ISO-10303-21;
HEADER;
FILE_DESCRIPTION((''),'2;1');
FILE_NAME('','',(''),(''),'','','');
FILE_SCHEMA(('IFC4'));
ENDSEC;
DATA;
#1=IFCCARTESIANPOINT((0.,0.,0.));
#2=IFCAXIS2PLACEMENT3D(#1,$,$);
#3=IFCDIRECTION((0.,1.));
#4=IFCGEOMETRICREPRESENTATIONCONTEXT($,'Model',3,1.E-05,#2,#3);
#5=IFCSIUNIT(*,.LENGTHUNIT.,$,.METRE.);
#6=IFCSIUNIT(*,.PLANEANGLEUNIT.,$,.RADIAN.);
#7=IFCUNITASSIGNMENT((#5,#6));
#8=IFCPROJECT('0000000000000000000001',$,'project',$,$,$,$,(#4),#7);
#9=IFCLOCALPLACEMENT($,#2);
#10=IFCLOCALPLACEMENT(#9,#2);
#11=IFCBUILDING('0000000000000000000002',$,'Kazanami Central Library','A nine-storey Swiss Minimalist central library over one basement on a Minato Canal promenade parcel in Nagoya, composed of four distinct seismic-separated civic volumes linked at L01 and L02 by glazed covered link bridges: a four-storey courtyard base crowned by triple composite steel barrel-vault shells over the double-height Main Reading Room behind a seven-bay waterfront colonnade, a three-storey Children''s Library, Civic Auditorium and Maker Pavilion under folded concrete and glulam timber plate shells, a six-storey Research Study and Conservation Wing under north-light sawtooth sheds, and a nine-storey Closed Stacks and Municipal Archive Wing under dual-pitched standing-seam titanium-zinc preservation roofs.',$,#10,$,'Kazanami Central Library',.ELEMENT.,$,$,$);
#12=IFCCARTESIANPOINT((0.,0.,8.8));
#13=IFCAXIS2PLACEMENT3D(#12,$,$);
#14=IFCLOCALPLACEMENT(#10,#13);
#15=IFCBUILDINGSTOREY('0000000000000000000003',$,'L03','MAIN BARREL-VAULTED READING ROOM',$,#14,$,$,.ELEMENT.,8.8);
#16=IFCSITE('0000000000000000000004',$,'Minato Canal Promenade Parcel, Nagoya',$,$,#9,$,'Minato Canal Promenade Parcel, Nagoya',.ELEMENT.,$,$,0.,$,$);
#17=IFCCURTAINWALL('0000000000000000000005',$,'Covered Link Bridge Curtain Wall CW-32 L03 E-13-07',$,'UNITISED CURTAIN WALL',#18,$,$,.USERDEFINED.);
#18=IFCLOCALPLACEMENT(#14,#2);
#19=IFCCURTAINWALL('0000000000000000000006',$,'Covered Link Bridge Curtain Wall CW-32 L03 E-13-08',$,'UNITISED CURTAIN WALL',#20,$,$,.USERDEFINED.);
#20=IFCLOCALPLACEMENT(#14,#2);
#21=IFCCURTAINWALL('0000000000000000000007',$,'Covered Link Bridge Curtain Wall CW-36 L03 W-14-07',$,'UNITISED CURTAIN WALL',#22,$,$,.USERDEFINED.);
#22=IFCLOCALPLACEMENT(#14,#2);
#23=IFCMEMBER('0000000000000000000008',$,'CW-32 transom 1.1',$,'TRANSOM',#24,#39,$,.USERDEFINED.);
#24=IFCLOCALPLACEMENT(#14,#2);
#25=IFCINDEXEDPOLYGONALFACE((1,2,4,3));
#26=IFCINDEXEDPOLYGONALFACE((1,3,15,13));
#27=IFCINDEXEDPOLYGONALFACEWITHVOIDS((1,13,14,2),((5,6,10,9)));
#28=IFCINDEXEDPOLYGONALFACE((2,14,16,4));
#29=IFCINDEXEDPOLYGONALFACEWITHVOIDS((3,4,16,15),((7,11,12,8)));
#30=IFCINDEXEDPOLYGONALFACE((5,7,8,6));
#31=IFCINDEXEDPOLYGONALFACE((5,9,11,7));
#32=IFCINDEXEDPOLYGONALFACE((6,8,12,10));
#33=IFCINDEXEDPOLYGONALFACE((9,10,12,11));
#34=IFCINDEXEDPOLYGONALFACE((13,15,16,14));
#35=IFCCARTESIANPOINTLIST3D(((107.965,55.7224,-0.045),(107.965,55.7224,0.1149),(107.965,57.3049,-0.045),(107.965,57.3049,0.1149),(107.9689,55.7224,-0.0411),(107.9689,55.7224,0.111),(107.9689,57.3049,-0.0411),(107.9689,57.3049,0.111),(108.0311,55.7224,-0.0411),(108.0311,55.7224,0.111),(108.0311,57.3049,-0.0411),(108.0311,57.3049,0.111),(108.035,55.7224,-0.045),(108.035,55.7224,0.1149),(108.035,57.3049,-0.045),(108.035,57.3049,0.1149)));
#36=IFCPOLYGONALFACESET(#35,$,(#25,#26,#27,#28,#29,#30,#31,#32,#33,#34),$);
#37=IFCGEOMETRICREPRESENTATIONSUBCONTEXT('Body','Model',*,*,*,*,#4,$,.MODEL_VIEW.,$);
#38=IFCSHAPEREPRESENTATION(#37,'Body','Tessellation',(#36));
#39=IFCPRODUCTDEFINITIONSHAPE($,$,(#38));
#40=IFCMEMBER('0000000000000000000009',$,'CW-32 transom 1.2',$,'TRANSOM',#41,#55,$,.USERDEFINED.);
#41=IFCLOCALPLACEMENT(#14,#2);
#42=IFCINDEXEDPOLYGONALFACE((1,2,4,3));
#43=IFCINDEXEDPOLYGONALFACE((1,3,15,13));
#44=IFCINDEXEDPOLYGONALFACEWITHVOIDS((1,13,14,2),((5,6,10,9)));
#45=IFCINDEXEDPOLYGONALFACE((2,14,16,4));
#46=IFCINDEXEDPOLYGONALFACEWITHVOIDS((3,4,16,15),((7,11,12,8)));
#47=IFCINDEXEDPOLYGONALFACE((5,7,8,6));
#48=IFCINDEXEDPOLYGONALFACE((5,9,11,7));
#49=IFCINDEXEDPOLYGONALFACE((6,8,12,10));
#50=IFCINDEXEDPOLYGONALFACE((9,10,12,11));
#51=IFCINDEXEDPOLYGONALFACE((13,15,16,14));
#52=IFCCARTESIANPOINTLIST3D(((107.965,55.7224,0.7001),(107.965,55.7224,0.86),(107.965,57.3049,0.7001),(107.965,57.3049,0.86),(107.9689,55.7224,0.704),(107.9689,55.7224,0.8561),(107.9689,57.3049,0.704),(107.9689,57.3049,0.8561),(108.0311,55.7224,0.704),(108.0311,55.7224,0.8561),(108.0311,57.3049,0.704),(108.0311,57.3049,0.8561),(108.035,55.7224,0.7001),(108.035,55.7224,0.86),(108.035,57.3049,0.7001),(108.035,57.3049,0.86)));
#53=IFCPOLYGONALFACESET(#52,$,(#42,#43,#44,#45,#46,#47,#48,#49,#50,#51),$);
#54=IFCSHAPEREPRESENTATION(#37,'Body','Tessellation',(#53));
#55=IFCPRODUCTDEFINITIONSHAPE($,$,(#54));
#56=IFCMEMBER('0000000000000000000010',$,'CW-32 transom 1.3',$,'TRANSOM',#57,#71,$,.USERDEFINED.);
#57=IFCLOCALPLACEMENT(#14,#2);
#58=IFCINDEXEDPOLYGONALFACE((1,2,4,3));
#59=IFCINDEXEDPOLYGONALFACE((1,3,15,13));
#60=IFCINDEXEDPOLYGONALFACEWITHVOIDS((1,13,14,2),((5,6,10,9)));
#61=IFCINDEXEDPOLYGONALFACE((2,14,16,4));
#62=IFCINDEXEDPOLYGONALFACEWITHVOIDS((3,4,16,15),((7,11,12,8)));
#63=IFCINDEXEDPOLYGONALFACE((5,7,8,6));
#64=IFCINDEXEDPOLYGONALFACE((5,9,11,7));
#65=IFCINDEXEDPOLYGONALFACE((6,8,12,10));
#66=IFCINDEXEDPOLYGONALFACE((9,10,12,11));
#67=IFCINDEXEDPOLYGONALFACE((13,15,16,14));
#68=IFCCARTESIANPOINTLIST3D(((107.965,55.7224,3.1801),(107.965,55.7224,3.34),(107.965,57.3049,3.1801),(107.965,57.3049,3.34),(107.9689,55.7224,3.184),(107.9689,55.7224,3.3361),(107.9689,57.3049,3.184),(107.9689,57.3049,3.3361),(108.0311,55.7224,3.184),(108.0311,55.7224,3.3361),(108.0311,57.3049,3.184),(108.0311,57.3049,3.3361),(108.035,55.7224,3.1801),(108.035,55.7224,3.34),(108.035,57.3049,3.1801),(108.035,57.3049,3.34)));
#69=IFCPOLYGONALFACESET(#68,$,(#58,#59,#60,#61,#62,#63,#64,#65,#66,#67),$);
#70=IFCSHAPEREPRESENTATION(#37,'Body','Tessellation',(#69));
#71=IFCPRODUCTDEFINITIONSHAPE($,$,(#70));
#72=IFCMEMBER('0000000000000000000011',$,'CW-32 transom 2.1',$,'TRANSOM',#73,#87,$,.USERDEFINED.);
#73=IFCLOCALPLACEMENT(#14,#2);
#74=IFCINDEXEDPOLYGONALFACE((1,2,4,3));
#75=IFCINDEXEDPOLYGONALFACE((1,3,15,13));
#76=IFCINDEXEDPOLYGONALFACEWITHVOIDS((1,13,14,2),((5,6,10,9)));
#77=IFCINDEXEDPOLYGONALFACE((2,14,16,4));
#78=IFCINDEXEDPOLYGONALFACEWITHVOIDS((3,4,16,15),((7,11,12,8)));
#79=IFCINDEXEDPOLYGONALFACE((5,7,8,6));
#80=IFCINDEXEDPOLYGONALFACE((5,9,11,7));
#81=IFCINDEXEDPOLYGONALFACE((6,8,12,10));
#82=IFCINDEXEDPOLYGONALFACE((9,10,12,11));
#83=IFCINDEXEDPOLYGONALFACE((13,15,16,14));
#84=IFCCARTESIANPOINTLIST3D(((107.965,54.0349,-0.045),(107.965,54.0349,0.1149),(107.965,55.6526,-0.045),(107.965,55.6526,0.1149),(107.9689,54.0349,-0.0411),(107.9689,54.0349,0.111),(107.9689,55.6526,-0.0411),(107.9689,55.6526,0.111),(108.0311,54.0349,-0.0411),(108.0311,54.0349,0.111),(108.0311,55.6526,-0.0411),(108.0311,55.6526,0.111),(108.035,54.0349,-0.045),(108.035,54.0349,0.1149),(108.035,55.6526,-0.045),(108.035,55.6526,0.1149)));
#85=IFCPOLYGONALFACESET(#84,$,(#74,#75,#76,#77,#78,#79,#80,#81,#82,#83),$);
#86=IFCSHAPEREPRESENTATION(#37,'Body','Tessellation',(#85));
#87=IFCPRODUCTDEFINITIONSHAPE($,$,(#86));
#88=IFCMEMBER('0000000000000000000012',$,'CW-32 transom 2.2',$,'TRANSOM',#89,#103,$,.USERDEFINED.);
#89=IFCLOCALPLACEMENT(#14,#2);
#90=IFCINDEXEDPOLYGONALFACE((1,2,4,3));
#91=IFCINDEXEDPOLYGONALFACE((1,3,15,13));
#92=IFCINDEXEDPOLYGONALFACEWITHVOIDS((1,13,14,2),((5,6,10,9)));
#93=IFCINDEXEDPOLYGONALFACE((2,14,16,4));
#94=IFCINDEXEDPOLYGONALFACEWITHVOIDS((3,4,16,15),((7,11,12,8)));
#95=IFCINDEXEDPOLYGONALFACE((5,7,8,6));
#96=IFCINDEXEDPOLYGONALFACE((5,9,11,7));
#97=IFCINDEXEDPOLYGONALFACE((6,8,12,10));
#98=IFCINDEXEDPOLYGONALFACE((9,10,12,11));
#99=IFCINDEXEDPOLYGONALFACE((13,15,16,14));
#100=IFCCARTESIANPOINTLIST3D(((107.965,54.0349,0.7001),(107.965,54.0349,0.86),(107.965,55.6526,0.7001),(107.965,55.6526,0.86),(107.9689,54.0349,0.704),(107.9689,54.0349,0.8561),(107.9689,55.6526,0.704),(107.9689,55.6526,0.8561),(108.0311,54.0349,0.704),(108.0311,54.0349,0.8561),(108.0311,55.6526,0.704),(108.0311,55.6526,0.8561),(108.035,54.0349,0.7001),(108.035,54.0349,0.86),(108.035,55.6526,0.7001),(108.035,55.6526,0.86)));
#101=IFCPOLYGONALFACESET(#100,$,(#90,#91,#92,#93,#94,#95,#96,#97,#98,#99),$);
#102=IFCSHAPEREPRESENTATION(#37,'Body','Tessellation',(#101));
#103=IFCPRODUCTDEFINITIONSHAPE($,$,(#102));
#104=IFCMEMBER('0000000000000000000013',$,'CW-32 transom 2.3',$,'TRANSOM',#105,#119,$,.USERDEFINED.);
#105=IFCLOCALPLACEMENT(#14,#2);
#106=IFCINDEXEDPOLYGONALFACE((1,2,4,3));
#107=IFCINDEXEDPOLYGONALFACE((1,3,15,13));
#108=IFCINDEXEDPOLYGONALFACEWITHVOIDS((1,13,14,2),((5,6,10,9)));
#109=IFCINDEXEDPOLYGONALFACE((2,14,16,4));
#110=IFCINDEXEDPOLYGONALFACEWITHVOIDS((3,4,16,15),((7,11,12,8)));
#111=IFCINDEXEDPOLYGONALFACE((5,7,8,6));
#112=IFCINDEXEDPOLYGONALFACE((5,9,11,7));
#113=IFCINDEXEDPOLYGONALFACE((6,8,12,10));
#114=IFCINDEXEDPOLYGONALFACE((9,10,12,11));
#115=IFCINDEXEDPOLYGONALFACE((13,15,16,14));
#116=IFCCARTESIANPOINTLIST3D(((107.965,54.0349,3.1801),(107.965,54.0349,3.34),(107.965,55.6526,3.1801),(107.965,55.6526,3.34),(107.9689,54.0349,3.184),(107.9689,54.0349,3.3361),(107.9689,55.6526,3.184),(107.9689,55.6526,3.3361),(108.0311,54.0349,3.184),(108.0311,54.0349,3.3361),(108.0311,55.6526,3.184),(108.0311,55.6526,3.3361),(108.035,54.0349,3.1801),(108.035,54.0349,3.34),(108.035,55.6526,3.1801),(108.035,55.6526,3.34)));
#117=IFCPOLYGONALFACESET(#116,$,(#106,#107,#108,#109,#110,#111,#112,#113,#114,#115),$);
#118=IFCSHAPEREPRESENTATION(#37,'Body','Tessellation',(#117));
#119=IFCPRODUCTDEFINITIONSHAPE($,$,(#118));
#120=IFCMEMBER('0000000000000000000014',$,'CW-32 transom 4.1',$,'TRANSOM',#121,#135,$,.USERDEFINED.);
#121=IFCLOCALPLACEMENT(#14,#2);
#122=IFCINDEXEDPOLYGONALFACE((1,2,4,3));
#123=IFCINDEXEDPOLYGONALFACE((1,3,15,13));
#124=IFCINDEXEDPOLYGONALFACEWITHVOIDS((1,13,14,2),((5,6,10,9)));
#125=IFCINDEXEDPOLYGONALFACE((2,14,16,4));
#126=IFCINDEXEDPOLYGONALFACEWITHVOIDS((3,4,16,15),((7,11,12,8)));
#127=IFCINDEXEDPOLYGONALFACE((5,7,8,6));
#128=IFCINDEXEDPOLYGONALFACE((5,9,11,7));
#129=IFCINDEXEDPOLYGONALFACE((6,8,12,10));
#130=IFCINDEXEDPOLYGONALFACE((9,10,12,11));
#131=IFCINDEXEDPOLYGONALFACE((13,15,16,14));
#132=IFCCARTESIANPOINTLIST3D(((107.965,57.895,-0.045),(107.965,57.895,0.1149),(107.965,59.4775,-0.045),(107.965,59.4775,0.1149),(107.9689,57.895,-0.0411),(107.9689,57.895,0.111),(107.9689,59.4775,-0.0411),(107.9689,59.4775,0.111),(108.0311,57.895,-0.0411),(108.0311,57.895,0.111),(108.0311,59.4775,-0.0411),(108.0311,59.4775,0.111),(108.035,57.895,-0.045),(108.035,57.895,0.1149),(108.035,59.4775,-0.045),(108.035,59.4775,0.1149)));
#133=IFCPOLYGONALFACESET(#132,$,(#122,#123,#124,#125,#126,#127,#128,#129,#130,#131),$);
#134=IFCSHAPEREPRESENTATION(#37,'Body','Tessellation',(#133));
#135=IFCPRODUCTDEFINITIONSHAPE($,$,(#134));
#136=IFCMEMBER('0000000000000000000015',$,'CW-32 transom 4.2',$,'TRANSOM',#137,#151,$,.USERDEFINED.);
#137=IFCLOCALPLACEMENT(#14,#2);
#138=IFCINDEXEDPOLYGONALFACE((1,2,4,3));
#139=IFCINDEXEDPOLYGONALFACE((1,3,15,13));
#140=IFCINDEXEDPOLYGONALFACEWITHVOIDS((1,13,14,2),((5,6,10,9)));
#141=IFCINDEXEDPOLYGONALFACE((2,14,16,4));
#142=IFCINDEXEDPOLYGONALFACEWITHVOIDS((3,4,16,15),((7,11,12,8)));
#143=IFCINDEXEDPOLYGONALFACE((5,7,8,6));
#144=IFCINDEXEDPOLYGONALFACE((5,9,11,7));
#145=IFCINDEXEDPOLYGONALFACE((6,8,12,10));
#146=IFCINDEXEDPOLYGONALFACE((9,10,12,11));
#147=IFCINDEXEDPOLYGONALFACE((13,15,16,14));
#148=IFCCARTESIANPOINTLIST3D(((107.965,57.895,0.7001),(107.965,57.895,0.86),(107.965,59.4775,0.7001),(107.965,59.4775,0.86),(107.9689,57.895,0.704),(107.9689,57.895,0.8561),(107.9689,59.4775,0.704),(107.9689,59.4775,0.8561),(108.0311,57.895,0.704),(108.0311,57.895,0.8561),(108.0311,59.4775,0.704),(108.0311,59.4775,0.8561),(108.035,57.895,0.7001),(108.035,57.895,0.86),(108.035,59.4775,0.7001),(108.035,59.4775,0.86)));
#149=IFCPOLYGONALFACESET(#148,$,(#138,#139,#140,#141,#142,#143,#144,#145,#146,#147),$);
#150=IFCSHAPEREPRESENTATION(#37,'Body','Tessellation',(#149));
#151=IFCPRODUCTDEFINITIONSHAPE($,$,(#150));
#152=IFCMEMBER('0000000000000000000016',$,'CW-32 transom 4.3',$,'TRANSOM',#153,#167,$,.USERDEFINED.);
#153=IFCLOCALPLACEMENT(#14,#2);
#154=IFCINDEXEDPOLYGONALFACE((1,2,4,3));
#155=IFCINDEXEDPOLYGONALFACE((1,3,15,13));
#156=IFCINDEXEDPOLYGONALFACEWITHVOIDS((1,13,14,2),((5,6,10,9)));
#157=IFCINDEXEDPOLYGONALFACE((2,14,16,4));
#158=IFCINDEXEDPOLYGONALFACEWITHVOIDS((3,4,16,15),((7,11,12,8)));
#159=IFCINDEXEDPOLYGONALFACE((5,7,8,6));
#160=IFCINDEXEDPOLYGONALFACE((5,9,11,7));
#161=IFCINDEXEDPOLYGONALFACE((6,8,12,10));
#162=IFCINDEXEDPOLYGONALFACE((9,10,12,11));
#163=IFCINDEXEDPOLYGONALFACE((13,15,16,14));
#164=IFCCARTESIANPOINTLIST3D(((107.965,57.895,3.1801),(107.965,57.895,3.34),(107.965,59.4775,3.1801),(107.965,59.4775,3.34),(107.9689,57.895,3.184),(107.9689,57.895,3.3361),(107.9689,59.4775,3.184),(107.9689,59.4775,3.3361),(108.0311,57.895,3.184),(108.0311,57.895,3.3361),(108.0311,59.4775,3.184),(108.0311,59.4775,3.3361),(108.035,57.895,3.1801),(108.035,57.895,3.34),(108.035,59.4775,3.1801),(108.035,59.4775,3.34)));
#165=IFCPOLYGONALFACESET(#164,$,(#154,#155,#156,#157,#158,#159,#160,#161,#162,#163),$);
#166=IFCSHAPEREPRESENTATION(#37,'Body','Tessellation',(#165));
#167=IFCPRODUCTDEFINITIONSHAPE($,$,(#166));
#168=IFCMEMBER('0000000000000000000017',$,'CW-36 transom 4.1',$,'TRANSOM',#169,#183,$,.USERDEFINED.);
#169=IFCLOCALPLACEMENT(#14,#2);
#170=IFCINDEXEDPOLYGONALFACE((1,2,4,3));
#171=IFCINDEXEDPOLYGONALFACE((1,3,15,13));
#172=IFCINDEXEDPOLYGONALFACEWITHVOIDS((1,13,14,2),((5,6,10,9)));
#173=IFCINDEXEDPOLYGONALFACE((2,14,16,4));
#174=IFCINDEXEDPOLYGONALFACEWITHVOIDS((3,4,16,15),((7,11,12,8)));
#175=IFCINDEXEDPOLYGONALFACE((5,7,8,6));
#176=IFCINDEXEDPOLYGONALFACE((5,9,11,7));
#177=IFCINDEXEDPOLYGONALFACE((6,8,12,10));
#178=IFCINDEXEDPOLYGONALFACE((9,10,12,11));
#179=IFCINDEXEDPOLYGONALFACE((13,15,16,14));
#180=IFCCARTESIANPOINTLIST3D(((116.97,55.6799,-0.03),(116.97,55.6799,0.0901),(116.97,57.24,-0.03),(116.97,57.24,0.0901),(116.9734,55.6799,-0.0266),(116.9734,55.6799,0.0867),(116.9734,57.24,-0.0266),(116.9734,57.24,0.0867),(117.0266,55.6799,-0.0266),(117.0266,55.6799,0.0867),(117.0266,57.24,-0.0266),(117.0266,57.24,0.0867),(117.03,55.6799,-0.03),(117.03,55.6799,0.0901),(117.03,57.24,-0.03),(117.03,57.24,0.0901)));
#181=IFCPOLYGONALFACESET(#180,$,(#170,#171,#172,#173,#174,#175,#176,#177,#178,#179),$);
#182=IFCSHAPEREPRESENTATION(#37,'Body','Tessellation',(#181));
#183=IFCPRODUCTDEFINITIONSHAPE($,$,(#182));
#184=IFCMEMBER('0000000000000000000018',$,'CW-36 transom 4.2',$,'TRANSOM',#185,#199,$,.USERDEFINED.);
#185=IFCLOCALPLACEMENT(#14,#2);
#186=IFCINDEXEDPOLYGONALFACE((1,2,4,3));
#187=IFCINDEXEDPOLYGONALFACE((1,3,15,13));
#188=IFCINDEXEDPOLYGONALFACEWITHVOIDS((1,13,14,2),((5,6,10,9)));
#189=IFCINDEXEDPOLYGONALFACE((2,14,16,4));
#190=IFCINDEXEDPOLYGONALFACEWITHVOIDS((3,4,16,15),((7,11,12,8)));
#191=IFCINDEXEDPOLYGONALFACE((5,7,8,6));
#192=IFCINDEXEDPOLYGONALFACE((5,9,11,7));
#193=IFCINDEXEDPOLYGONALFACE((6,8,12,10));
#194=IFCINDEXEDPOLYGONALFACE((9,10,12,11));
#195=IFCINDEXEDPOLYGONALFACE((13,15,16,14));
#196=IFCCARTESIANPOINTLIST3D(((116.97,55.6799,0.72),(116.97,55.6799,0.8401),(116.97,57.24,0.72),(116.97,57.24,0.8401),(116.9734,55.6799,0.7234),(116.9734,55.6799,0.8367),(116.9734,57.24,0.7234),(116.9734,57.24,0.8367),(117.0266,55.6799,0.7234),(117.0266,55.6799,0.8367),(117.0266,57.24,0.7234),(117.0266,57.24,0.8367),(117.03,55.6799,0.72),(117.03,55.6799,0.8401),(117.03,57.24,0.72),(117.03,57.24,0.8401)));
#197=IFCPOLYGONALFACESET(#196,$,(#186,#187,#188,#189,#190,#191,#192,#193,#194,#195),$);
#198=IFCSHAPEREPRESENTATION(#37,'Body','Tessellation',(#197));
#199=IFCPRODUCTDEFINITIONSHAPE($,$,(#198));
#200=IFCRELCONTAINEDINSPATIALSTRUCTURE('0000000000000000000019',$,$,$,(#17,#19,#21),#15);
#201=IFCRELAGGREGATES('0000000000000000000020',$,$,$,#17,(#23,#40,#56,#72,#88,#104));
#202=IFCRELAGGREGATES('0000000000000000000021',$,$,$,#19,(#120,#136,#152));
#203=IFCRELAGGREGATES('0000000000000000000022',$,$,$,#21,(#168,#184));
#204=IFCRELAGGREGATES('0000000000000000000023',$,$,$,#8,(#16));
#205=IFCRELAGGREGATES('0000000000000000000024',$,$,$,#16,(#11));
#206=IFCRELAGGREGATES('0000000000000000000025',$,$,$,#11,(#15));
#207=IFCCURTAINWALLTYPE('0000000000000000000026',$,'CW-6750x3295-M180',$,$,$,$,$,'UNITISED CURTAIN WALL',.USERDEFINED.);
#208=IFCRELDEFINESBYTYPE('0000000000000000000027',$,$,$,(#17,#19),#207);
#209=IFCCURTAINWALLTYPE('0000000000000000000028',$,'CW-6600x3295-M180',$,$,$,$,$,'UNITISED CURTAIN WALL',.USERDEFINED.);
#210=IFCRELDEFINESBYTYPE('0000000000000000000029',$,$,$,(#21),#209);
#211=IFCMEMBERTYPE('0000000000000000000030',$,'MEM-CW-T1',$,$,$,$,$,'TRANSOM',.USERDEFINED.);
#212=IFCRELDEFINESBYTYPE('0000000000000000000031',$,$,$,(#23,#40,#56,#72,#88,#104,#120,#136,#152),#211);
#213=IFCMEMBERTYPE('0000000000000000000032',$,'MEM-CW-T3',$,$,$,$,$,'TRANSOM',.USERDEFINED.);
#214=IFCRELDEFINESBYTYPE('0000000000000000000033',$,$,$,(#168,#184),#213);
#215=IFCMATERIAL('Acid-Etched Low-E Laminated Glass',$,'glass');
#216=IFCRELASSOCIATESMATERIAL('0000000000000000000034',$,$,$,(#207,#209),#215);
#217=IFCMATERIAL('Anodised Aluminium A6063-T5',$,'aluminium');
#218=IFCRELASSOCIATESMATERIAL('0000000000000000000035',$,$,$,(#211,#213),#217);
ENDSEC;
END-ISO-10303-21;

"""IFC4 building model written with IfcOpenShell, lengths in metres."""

from ifc_helpers import new_model, si_unit, direction, frame, origin, origin_2d, place, context, subcontext, project, spatial, hollow_rectangle, extrude, material, material_profile, profile_set, type_object, element, aggregate, save


model = new_model("IFC4")

# Units and contexts
model_context = context("Model", 3, precision=1e-05, world=origin(), true_north=direction((0.0, 1.0)))
body_context = subcontext(model_context, "Body", "Model", "MODEL_VIEW")
ifc_project = project(units=[si_unit("LENGTHUNIT", "METRE"), si_unit("PLANEANGLEUNIT", "RADIAN")], contexts=[model_context])

# Site, building, storey
site_placement = place(None, origin())
site = spatial("IfcSite", under=ifc_project, at=site_placement, Name="Minato Canal Promenade Parcel, Nagoya", LongName="Minato Canal Promenade Parcel, Nagoya", CompositionType="ELEMENT", RefElevation=0.0)
building_placement = place(site_placement, origin())
building = spatial("IfcBuilding", under=site, at=building_placement, Name="Kazanami Central Library", Description="A nine-storey Swiss Minimalist central library over one basement on a Minato Canal promenade parcel in Nagoya, composed of four distinct seismic-separated civic volumes linked at L01 and L02 by glazed covered link bridges: a four-storey courtyard base crowned by triple composite steel barrel-vault shells over the double-height Main Reading Room behind a seven-bay waterfront colonnade, a three-storey Children's Library, Civic Auditorium and Maker Pavilion under folded concrete and glulam timber plate shells, a six-storey Research Study and Conservation Wing under north-light sawtooth sheds, and a nine-storey Closed Stacks and Municipal Archive Wing under dual-pitched standing-seam titanium-zinc preservation roofs.", LongName="Kazanami Central Library", CompositionType="ELEMENT")
storey_placement = place(building_placement, frame((0.0, 0.0, 8.8)))
storey = spatial("IfcBuildingStorey", under=building, at=storey_placement, Name="L03", Description="MAIN BARREL-VAULTED READING ROOM", CompositionType="ELEMENT", Elevation=8.8)

# Curtain walls
ifc_material_1 = material(Name="Acid-Etched Low-E Laminated Glass", Category="glass")
curtain_wall_type_1 = type_object("IfcCurtainWallType", Name="CW-6750x3295-M180", ElementType="UNITISED CURTAIN WALL", PredefinedType="USERDEFINED", material=ifc_material_1)
curtain_wall_1_placement = place(storey_placement, origin())
curtain_wall_1 = element("IfcCurtainWall", 1, at=curtain_wall_1_placement, inside=storey, type_object=curtain_wall_type_1, Name="Covered Link Bridge Curtain Wall CW-32 L03 E-13-07", ObjectType="UNITISED CURTAIN WALL", PredefinedType="USERDEFINED")
ifc_material_2 = material(Name="Anodised Aluminium A6063-T5", Category="aluminium")
curtain_wall_2_placement = place(storey_placement, origin())
curtain_wall_2 = element("IfcCurtainWall", 2, at=curtain_wall_2_placement, inside=storey, type_object=curtain_wall_type_1, Name="Covered Link Bridge Curtain Wall CW-32 L03 E-13-08", ObjectType="UNITISED CURTAIN WALL", PredefinedType="USERDEFINED")
curtain_wall_type_2 = type_object("IfcCurtainWallType", Name="CW-6600x3295-M180", ElementType="UNITISED CURTAIN WALL", PredefinedType="USERDEFINED", material=ifc_material_1)
curtain_wall_3_placement = place(storey_placement, origin())
curtain_wall_3 = element("IfcCurtainWall", 3, at=curtain_wall_3_placement, inside=storey, type_object=curtain_wall_type_2, Name="Covered Link Bridge Curtain Wall CW-36 L03 W-14-07", ObjectType="UNITISED CURTAIN WALL", PredefinedType="USERDEFINED")

# Members
ifc_material_profile_1 = material_profile(ifc_material_2, hollow_rectangle(XDim=0.0701, YDim=0.1599, WallThickness=0.0039, at=origin_2d()), Name="ALU-TRAN-70x160x4")
ifc_profile_set_1 = profile_set([ifc_material_profile_1], Name="Anodised Aluminium A6063-T5")
member_type_1 = type_object("IfcMemberType", Name="MEM-CW-T1", ElementType="TRANSOM", PredefinedType="USERDEFINED", material=ifc_profile_set_1)
member_1_placement = place(storey_placement, frame((108.0, 57.3049, 0.0349), z_axis=(0.0, -1.0, 0.0), x_axis=(1.0, 0.0, 0.0)))
member_1 = element("IfcMember", 4, at=member_1_placement, type_object=member_type_1, Name="CW-32 transom 1.1", ObjectType="TRANSOM", PredefinedType="USERDEFINED", context=body_context, shape_type="SweptSolid", body=[
    extrude(hollow_rectangle(XDim=0.0701, YDim=0.1599, WallThickness=0.0039, at=origin_2d()), origin(), (0.0, 0.0, 1.0), 1.5825),
])
member_2_placement = place(storey_placement, frame((108.0, 57.3049, 0.78), z_axis=(0.0, -1.0, 0.0), x_axis=(1.0, 0.0, 0.0)))
member_2 = element("IfcMember", 5, at=member_2_placement, type_object=member_type_1, Name="CW-32 transom 1.2", ObjectType="TRANSOM", PredefinedType="USERDEFINED", context=body_context, shape_type="SweptSolid", body=[
    extrude(hollow_rectangle(XDim=0.0701, YDim=0.1599, WallThickness=0.0039, at=origin_2d()), origin(), (0.0, 0.0, 1.0), 1.5825),
])
member_3_placement = place(storey_placement, frame((108.0, 57.3049, 3.26), z_axis=(0.0, -1.0, 0.0), x_axis=(1.0, 0.0, 0.0)))
member_3 = element("IfcMember", 6, at=member_3_placement, type_object=member_type_1, Name="CW-32 transom 1.3", ObjectType="TRANSOM", PredefinedType="USERDEFINED", context=body_context, shape_type="SweptSolid", body=[
    extrude(hollow_rectangle(XDim=0.0701, YDim=0.1599, WallThickness=0.0039, at=origin_2d()), origin(), (0.0, 0.0, 1.0), 1.5825),
])
member_4_placement = place(storey_placement, frame((108.0, 55.6526, 0.0349), z_axis=(0.0, -1.0, 0.0), x_axis=(1.0, 0.0, 0.0)))
member_4 = element("IfcMember", 7, at=member_4_placement, type_object=member_type_1, Name="CW-32 transom 2.1", ObjectType="TRANSOM", PredefinedType="USERDEFINED", context=body_context, shape_type="SweptSolid", body=[
    extrude(hollow_rectangle(XDim=0.0701, YDim=0.1599, WallThickness=0.0039, at=origin_2d()), origin(), (0.0, 0.0, 1.0), 1.6177),
])
member_5_placement = place(storey_placement, frame((108.0, 55.6526, 0.78), z_axis=(0.0, -1.0, 0.0), x_axis=(1.0, 0.0, 0.0)))
member_5 = element("IfcMember", 8, at=member_5_placement, type_object=member_type_1, Name="CW-32 transom 2.2", ObjectType="TRANSOM", PredefinedType="USERDEFINED", context=body_context, shape_type="SweptSolid", body=[
    extrude(hollow_rectangle(XDim=0.0701, YDim=0.1599, WallThickness=0.0039, at=origin_2d()), origin(), (0.0, 0.0, 1.0), 1.6177),
])
member_6_placement = place(storey_placement, frame((108.0, 55.6526, 3.26), z_axis=(0.0, -1.0, 0.0), x_axis=(1.0, 0.0, 0.0)))
member_6 = element("IfcMember", 9, at=member_6_placement, type_object=member_type_1, Name="CW-32 transom 2.3", ObjectType="TRANSOM", PredefinedType="USERDEFINED", context=body_context, shape_type="SweptSolid", body=[
    extrude(hollow_rectangle(XDim=0.0701, YDim=0.1599, WallThickness=0.0039, at=origin_2d()), origin(), (0.0, 0.0, 1.0), 1.6177),
])
member_7_placement = place(storey_placement, frame((108.0, 59.4775, 0.0349), z_axis=(0.0, -1.0, 0.0), x_axis=(1.0, 0.0, 0.0)))
member_7 = element("IfcMember", 10, at=member_7_placement, type_object=member_type_1, Name="CW-32 transom 4.1", ObjectType="TRANSOM", PredefinedType="USERDEFINED", context=body_context, shape_type="SweptSolid", body=[
    extrude(hollow_rectangle(XDim=0.0701, YDim=0.1599, WallThickness=0.0039, at=origin_2d()), origin(), (0.0, 0.0, 1.0), 1.5825),
])
member_8_placement = place(storey_placement, frame((108.0, 59.4775, 0.78), z_axis=(0.0, -1.0, 0.0), x_axis=(1.0, 0.0, 0.0)))
member_8 = element("IfcMember", 11, at=member_8_placement, type_object=member_type_1, Name="CW-32 transom 4.2", ObjectType="TRANSOM", PredefinedType="USERDEFINED", context=body_context, shape_type="SweptSolid", body=[
    extrude(hollow_rectangle(XDim=0.0701, YDim=0.1599, WallThickness=0.0039, at=origin_2d()), origin(), (0.0, 0.0, 1.0), 1.5825),
])
member_9_placement = place(storey_placement, frame((108.0, 59.4775, 3.26), z_axis=(0.0, -1.0, 0.0), x_axis=(1.0, 0.0, 0.0)))
member_9 = element("IfcMember", 12, at=member_9_placement, type_object=member_type_1, Name="CW-32 transom 4.3", ObjectType="TRANSOM", PredefinedType="USERDEFINED", context=body_context, shape_type="SweptSolid", body=[
    extrude(hollow_rectangle(XDim=0.0701, YDim=0.1599, WallThickness=0.0039, at=origin_2d()), origin(), (0.0, 0.0, 1.0), 1.5825),
])
ifc_material_profile_2 = material_profile(ifc_material_2, hollow_rectangle(XDim=0.0601, YDim=0.1201, WallThickness=0.0034, at=origin_2d()), Name="ALU-TRAN-60x120x3.5")
ifc_profile_set_2 = profile_set([ifc_material_profile_2], Name="Anodised Aluminium A6063-T5")
member_type_2 = type_object("IfcMemberType", Name="MEM-CW-T3", ElementType="TRANSOM", PredefinedType="USERDEFINED", material=ifc_profile_set_2)
member_10_placement = place(storey_placement, frame((117.0, 55.6799, 0.03), z_axis=(0.0, 1.0, 0.0), x_axis=(-1.0, 0.0, 0.0)))
member_10 = element("IfcMember", 13, at=member_10_placement, type_object=member_type_2, Name="CW-36 transom 4.1", ObjectType="TRANSOM", PredefinedType="USERDEFINED", context=body_context, shape_type="SweptSolid", body=[
    extrude(hollow_rectangle(XDim=0.0601, YDim=0.1201, WallThickness=0.0034, at=origin_2d()), origin(), (0.0, 0.0, 1.0), 1.5601),
])
member_11_placement = place(storey_placement, frame((117.0, 55.6799, 0.78), z_axis=(0.0, 1.0, 0.0), x_axis=(-1.0, 0.0, 0.0)))
member_11 = element("IfcMember", 14, at=member_11_placement, type_object=member_type_2, Name="CW-36 transom 4.2", ObjectType="TRANSOM", PredefinedType="USERDEFINED", context=body_context, shape_type="SweptSolid", body=[
    extrude(hollow_rectangle(XDim=0.0601, YDim=0.1201, WallThickness=0.0034, at=origin_2d()), origin(), (0.0, 0.0, 1.0), 1.5601),
])

aggregate(curtain_wall_1, [member_1, member_2, member_3, member_4, member_5, member_6])
aggregate(curtain_wall_2, [member_7, member_8, member_9])
aggregate(curtain_wall_3, [member_10, member_11])

save(model, "model.ifc")
